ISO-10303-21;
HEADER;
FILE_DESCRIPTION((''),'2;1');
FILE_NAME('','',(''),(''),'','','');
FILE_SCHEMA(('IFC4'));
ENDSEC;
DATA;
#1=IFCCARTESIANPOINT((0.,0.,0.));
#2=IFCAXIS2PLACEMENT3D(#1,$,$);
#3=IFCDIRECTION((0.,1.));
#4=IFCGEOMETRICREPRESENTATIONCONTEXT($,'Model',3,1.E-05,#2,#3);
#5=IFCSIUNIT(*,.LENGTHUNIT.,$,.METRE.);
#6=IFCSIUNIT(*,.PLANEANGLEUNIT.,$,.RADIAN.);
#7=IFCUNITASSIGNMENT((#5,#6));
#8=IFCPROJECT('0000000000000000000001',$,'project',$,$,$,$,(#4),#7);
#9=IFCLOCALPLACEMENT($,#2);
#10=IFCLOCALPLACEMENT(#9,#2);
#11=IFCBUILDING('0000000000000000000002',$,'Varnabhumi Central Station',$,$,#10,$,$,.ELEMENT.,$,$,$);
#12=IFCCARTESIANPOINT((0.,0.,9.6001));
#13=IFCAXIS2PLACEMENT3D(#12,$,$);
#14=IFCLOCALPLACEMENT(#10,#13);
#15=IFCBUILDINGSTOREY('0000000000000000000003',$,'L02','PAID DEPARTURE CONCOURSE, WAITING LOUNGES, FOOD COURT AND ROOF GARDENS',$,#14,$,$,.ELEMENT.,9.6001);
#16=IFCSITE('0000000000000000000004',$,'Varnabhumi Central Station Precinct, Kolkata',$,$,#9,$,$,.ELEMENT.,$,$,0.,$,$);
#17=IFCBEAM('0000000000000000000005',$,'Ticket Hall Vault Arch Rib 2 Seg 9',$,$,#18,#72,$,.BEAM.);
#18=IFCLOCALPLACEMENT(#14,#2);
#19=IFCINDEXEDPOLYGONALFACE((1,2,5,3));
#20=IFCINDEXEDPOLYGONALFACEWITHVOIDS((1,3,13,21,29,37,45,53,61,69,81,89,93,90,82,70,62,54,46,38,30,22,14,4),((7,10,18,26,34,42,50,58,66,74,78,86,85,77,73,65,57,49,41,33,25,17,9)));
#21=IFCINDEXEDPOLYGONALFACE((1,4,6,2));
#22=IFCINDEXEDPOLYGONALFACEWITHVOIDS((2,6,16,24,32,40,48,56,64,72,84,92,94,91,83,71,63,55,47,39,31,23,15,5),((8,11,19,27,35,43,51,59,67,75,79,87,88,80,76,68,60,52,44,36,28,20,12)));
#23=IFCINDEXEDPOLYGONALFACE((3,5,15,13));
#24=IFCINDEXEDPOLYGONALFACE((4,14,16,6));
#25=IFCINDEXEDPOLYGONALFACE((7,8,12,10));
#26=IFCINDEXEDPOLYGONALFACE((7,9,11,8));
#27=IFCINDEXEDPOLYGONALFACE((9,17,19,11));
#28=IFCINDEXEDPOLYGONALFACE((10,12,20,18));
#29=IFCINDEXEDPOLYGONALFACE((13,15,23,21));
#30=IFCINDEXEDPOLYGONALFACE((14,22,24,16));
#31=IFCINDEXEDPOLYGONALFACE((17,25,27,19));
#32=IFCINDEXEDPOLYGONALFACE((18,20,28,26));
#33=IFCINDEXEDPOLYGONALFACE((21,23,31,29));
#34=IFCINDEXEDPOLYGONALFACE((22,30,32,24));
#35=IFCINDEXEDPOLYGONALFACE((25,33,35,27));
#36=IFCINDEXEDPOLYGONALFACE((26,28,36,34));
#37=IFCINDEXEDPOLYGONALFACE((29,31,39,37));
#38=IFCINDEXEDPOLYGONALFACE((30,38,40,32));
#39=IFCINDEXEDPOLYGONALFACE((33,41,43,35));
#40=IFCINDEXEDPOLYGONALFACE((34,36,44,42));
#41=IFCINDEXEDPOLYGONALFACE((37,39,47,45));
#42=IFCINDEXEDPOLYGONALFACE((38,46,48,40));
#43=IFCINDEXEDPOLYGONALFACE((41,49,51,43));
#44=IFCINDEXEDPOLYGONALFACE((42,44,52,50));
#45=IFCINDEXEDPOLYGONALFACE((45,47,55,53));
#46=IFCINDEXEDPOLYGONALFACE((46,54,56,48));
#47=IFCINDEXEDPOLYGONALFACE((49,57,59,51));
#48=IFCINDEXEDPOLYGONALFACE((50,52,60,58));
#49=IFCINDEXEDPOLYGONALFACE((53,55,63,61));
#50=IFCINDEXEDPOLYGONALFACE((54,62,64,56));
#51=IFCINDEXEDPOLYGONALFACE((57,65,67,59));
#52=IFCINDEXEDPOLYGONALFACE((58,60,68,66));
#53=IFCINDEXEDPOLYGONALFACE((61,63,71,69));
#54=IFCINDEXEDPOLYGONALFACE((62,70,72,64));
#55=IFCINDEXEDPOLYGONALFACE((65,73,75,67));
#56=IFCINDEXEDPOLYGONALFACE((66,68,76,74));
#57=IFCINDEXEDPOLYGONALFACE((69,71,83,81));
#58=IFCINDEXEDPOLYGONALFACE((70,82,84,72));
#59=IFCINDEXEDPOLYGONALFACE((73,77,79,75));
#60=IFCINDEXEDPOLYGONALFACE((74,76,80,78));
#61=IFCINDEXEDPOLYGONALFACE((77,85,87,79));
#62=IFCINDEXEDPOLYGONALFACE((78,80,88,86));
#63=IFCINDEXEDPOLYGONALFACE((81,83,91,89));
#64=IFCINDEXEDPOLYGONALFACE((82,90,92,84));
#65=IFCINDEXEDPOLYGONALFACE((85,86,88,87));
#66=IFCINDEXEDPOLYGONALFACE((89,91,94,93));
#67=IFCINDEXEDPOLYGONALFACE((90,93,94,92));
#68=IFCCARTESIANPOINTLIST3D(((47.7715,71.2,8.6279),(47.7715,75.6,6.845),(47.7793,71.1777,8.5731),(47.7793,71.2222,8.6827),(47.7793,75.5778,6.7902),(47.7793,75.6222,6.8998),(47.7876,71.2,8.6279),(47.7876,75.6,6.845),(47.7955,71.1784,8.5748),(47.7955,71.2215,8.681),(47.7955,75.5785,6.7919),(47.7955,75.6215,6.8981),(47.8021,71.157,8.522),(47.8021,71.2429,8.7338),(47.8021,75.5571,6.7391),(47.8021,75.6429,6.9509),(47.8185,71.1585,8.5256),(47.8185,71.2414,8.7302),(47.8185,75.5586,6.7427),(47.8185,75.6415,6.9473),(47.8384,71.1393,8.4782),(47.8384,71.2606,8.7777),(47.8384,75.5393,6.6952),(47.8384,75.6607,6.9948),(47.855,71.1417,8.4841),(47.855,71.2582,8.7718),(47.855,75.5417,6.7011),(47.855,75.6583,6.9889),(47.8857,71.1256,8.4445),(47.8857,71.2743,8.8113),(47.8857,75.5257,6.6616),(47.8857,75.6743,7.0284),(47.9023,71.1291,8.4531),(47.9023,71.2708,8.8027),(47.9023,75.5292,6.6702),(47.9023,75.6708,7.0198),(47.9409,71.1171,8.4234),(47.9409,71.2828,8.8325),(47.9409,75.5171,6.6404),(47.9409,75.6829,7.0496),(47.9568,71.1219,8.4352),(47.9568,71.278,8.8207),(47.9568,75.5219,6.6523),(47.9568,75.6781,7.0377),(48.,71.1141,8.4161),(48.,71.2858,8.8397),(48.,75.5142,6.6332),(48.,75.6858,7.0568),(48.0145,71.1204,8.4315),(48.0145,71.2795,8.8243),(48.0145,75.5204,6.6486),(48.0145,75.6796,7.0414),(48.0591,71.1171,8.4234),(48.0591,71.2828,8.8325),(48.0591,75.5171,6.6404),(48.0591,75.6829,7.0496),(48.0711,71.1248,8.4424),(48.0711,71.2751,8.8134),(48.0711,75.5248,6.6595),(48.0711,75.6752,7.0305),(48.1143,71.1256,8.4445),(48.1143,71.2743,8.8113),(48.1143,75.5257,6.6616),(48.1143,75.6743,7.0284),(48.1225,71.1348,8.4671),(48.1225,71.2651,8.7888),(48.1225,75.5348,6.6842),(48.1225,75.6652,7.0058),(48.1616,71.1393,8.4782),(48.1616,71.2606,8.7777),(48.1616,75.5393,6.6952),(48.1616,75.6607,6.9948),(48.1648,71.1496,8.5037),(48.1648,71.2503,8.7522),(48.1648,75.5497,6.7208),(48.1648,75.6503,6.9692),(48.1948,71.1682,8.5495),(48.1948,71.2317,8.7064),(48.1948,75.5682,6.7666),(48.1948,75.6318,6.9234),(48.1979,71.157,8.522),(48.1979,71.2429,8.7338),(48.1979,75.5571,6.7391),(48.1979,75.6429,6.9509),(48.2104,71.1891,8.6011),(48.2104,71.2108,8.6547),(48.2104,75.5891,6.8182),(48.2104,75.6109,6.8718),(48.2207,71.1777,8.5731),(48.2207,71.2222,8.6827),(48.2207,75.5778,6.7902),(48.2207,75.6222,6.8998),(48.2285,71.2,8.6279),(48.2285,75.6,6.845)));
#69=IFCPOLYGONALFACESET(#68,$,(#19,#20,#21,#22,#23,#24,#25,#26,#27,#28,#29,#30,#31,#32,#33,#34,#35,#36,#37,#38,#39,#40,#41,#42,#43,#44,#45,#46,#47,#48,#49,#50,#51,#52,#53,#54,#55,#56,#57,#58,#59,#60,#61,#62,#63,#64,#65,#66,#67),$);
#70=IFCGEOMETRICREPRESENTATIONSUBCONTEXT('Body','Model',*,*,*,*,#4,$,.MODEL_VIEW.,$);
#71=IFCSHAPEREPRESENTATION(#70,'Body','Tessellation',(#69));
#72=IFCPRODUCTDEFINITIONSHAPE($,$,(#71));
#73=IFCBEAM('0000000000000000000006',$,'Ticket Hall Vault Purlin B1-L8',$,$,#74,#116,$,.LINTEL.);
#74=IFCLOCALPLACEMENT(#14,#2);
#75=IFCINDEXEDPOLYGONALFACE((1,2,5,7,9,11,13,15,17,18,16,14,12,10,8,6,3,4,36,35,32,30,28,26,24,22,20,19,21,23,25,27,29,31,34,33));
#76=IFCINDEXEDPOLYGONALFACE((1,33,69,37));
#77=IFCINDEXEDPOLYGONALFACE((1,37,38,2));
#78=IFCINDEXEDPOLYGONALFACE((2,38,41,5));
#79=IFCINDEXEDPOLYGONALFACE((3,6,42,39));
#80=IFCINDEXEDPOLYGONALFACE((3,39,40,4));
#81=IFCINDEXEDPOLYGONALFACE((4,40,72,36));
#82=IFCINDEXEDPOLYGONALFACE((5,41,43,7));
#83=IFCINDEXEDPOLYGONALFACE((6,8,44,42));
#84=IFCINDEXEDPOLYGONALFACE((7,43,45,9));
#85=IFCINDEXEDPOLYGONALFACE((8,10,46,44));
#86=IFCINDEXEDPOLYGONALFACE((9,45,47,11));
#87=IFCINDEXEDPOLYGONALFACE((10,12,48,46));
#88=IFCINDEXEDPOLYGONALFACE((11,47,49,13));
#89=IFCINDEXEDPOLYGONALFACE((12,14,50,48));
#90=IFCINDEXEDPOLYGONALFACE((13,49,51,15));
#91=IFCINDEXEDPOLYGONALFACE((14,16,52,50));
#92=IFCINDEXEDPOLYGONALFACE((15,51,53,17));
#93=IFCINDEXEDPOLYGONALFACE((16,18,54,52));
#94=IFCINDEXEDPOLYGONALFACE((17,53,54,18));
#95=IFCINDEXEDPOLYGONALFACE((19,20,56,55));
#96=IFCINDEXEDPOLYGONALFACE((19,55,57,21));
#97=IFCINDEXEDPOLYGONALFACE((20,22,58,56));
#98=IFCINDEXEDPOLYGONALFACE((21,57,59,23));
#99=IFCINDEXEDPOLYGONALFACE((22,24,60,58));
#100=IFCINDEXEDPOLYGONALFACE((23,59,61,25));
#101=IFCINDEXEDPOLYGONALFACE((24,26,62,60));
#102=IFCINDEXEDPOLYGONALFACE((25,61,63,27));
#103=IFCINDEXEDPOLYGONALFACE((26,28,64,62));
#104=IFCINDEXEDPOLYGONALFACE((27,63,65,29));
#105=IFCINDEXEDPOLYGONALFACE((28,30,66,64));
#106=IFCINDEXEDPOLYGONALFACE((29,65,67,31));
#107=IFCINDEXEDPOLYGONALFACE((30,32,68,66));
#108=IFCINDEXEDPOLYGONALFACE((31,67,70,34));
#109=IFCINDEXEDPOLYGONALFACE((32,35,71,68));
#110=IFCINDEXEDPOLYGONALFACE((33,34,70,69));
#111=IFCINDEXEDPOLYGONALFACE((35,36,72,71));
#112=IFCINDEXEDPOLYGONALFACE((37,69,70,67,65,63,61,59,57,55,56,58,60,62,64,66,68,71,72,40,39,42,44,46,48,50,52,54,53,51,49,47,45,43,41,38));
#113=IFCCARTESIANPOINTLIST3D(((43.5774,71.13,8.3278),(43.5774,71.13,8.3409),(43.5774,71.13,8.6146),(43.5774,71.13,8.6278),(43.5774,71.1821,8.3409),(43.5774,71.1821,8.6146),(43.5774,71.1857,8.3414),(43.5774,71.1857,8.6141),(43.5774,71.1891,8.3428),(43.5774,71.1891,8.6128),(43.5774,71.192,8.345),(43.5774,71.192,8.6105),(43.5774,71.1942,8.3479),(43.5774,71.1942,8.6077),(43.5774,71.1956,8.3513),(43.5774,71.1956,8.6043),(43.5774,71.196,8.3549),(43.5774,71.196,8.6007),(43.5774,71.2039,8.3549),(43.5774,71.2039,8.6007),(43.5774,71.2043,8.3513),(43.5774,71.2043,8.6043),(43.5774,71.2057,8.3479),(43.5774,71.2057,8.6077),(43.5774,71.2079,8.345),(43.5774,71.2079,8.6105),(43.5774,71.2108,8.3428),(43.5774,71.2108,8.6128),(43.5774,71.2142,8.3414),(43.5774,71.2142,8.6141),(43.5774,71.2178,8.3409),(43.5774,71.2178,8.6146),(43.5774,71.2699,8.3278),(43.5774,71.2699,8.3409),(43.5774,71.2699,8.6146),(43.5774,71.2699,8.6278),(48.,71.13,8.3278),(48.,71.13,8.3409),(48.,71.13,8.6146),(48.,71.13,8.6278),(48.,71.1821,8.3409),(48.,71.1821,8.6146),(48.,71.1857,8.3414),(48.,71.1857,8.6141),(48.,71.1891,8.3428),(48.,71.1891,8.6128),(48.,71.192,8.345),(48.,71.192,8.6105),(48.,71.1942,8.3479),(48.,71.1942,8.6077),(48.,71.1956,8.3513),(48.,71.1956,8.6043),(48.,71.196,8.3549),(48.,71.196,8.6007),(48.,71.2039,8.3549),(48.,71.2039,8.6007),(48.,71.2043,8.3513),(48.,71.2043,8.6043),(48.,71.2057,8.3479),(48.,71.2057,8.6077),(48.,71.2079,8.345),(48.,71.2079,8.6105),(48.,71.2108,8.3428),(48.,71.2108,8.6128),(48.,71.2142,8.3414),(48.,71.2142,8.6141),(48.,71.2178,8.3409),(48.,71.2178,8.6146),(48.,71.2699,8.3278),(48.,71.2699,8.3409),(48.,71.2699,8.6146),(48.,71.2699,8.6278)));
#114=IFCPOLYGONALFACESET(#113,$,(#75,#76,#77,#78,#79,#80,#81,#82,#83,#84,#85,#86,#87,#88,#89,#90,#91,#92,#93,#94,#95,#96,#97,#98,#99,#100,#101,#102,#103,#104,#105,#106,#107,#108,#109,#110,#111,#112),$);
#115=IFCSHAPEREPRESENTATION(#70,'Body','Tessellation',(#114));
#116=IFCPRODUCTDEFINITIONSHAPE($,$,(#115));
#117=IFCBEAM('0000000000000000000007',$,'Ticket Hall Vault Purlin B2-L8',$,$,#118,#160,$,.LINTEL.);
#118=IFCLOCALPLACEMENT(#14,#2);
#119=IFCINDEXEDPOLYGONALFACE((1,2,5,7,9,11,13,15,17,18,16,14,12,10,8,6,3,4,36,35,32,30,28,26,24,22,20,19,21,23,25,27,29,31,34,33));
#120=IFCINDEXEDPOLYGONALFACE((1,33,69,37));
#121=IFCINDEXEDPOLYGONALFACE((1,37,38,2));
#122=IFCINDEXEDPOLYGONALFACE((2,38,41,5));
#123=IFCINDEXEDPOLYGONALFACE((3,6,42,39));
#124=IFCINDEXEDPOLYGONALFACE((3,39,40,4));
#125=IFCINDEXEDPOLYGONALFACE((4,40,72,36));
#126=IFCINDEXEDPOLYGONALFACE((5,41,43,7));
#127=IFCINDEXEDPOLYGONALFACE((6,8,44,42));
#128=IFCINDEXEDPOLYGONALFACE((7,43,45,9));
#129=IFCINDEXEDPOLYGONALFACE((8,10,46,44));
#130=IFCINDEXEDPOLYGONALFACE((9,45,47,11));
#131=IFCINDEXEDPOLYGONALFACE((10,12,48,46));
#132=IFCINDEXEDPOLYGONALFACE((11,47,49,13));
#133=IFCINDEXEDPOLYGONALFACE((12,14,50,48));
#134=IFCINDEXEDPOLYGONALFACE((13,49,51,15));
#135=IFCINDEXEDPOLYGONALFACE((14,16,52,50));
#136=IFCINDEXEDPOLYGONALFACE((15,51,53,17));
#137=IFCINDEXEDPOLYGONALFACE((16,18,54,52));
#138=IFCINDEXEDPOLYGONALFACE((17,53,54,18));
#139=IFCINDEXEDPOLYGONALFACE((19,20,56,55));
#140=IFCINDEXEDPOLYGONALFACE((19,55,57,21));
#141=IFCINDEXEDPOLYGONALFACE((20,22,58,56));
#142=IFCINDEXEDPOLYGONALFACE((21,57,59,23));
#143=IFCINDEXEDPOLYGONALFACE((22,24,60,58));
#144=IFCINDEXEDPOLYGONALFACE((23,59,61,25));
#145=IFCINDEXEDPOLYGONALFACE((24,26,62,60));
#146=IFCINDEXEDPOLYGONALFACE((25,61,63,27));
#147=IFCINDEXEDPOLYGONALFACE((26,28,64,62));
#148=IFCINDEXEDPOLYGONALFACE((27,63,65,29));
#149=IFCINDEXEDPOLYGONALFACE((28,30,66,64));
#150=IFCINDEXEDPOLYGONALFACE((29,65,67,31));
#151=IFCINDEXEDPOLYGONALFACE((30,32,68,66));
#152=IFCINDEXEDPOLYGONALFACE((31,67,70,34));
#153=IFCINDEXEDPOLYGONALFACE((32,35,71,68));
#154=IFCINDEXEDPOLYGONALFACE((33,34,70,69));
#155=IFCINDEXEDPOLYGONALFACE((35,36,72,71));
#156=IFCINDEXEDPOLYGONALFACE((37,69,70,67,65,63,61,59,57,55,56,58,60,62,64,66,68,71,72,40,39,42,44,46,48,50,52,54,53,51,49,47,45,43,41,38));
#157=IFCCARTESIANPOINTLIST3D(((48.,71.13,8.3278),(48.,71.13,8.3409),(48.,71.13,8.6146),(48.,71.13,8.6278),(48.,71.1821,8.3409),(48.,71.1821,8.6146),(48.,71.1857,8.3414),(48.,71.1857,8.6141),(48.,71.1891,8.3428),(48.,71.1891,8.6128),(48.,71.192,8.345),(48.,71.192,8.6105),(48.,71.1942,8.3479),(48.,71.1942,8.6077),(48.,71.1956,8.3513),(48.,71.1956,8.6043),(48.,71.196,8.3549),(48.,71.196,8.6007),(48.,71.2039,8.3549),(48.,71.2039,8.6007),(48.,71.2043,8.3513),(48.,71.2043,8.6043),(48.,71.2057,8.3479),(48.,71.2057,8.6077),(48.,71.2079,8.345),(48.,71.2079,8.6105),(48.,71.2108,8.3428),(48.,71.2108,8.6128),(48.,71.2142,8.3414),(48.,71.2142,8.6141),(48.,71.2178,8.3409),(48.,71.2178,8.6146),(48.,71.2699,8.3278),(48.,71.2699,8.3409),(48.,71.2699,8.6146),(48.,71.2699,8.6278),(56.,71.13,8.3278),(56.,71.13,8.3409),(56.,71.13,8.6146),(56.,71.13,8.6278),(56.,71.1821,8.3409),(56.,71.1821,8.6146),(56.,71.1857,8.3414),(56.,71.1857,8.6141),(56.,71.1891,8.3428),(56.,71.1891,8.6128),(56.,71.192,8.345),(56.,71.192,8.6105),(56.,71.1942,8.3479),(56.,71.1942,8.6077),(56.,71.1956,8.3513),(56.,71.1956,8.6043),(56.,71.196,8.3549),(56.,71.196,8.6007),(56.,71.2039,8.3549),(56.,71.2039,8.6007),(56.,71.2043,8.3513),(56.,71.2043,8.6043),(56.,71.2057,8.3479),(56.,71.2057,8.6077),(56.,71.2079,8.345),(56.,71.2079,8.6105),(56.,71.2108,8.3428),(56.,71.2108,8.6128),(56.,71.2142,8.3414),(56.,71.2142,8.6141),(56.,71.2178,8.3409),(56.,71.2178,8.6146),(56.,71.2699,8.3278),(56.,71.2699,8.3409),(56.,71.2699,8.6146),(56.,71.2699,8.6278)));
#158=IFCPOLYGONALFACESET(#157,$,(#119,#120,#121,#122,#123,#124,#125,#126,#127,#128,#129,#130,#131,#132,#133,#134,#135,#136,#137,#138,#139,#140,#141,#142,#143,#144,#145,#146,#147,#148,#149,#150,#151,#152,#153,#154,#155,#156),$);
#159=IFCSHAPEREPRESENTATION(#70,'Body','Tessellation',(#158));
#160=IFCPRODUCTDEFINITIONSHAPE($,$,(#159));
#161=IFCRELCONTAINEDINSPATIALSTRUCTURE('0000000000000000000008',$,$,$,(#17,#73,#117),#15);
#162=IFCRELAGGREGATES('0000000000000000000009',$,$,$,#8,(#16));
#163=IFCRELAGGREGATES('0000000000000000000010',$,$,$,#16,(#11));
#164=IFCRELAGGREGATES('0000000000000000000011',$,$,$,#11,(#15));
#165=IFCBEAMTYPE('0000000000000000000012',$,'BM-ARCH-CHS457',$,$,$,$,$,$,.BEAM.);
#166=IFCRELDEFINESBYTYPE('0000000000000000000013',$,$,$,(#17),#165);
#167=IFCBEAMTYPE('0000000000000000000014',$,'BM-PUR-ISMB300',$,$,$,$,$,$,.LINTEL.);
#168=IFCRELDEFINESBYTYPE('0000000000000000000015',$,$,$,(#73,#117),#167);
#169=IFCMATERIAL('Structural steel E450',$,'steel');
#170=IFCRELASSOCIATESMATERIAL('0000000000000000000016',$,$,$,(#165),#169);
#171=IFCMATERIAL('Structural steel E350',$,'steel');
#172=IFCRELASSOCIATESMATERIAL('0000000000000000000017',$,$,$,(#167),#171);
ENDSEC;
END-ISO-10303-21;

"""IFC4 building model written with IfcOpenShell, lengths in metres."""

from ifc_helpers import new_model, si_unit, direction, frame, origin, origin_2d, place, context, subcontext, project, spatial, hollow_circle, i_section, extrude, material, material_profile, profile_set, type_object, element, save


model = new_model("IFC4")

# Units and contexts
model_context = context("Model", 3, precision=1e-05, world=origin(), true_north=direction((0.0, 1.0)))
body_context = subcontext(model_context, "Body", "Model", "MODEL_VIEW")
ifc_project = project(units=[si_unit("LENGTHUNIT", "METRE"), si_unit("PLANEANGLEUNIT", "RADIAN")], contexts=[model_context])

# Site, building, storey
site_placement = place(None, origin())
site = spatial("IfcSite", under=ifc_project, at=site_placement, Name="Varnabhumi Central Station Precinct, Kolkata", CompositionType="ELEMENT", RefElevation=0.0)
building_placement = place(site_placement, origin())
building = spatial("IfcBuilding", under=site, at=building_placement, Name="Varnabhumi Central Station", CompositionType="ELEMENT")
storey_placement = place(building_placement, frame((0.0, 0.0, 9.6001)))
storey = spatial("IfcBuildingStorey", under=building, at=storey_placement, Name="L02", Description="PAID DEPARTURE CONCOURSE, WAITING LOUNGES, FOOD COURT AND ROOF GARDENS", CompositionType="ELEMENT", Elevation=9.6001)

# Beams
ifc_material_1 = material(Name="Structural steel E350", Category="steel")
ifc_material_2 = material(Name="Structural steel E450", Category="steel")
ifc_material_profile_1 = material_profile(ifc_material_2, hollow_circle(Radius=0.2285, WallThickness=0.0161, at=origin_2d()), Name="Structural steel E450", Category="steel")
ifc_profile_set_1 = profile_set([ifc_material_profile_1], Name="Structural steel E450")
beam_type_1 = type_object("IfcBeamType", Name="BM-ARCH-CHS457", PredefinedType="BEAM", material=ifc_profile_set_1)
beam_1_placement = place(storey_placement, frame((48.0, 71.2, 8.6279), z_axis=(0.0, 0.926804, -0.375545), x_axis=(-1.0, 0.0, 0.0)))
element("IfcBeam", 1, at=beam_1_placement, inside=storey, type_object=beam_type_1, Name="Ticket Hall Vault Arch Rib 2 Seg 9", PredefinedType="BEAM", context=body_context, shape_type="SweptSolid", body=[
    extrude(hollow_circle(Radius=0.2285, WallThickness=0.0161, at=origin_2d()), origin(), (0.0, 0.0, 1.0), 4.7476),
])
ifc_material_profile_2 = material_profile(ifc_material_1, i_section(OverallWidth=0.1399, OverallDepth=0.3, WebThickness=0.0078, FlangeThickness=0.0132, FilletRadius=0.0139, at=origin_2d()), Name="Structural steel E350", Category="steel")
ifc_profile_set_2 = profile_set([ifc_material_profile_2], Name="Structural steel E350")
beam_type_2 = type_object("IfcBeamType", Name="BM-PUR-ISMB300", PredefinedType="LINTEL", material=ifc_profile_set_2)
beam_2_placement = place(storey_placement, frame((43.5774, 71.2, 8.4778), z_axis=(1.0, 0.0, 0.0), x_axis=(0.0, 1.0, 0.0)))
element("IfcBeam", 2, at=beam_2_placement, inside=storey, type_object=beam_type_2, Name="Ticket Hall Vault Purlin B1-L8", PredefinedType="LINTEL", context=body_context, shape_type="SweptSolid", body=[
    extrude(i_section(OverallWidth=0.1399, OverallDepth=0.3, WebThickness=0.0078, FlangeThickness=0.0132, FilletRadius=0.0139, at=origin_2d()), origin(), (0.0, 0.0, 1.0), 4.4226),
])
beam_3_placement = place(storey_placement, frame((48.0, 71.2, 8.4778), z_axis=(1.0, 0.0, 0.0), x_axis=(0.0, 1.0, 0.0)))
element("IfcBeam", 3, at=beam_3_placement, inside=storey, type_object=beam_type_2, Name="Ticket Hall Vault Purlin B2-L8", PredefinedType="LINTEL", context=body_context, shape_type="SweptSolid", body=[
    extrude(i_section(OverallWidth=0.1399, OverallDepth=0.3, WebThickness=0.0078, FlangeThickness=0.0132, FilletRadius=0.0139, at=origin_2d()), origin(), (0.0, 0.0, 1.0), 8.0),
])

save(model, "model.ifc")
